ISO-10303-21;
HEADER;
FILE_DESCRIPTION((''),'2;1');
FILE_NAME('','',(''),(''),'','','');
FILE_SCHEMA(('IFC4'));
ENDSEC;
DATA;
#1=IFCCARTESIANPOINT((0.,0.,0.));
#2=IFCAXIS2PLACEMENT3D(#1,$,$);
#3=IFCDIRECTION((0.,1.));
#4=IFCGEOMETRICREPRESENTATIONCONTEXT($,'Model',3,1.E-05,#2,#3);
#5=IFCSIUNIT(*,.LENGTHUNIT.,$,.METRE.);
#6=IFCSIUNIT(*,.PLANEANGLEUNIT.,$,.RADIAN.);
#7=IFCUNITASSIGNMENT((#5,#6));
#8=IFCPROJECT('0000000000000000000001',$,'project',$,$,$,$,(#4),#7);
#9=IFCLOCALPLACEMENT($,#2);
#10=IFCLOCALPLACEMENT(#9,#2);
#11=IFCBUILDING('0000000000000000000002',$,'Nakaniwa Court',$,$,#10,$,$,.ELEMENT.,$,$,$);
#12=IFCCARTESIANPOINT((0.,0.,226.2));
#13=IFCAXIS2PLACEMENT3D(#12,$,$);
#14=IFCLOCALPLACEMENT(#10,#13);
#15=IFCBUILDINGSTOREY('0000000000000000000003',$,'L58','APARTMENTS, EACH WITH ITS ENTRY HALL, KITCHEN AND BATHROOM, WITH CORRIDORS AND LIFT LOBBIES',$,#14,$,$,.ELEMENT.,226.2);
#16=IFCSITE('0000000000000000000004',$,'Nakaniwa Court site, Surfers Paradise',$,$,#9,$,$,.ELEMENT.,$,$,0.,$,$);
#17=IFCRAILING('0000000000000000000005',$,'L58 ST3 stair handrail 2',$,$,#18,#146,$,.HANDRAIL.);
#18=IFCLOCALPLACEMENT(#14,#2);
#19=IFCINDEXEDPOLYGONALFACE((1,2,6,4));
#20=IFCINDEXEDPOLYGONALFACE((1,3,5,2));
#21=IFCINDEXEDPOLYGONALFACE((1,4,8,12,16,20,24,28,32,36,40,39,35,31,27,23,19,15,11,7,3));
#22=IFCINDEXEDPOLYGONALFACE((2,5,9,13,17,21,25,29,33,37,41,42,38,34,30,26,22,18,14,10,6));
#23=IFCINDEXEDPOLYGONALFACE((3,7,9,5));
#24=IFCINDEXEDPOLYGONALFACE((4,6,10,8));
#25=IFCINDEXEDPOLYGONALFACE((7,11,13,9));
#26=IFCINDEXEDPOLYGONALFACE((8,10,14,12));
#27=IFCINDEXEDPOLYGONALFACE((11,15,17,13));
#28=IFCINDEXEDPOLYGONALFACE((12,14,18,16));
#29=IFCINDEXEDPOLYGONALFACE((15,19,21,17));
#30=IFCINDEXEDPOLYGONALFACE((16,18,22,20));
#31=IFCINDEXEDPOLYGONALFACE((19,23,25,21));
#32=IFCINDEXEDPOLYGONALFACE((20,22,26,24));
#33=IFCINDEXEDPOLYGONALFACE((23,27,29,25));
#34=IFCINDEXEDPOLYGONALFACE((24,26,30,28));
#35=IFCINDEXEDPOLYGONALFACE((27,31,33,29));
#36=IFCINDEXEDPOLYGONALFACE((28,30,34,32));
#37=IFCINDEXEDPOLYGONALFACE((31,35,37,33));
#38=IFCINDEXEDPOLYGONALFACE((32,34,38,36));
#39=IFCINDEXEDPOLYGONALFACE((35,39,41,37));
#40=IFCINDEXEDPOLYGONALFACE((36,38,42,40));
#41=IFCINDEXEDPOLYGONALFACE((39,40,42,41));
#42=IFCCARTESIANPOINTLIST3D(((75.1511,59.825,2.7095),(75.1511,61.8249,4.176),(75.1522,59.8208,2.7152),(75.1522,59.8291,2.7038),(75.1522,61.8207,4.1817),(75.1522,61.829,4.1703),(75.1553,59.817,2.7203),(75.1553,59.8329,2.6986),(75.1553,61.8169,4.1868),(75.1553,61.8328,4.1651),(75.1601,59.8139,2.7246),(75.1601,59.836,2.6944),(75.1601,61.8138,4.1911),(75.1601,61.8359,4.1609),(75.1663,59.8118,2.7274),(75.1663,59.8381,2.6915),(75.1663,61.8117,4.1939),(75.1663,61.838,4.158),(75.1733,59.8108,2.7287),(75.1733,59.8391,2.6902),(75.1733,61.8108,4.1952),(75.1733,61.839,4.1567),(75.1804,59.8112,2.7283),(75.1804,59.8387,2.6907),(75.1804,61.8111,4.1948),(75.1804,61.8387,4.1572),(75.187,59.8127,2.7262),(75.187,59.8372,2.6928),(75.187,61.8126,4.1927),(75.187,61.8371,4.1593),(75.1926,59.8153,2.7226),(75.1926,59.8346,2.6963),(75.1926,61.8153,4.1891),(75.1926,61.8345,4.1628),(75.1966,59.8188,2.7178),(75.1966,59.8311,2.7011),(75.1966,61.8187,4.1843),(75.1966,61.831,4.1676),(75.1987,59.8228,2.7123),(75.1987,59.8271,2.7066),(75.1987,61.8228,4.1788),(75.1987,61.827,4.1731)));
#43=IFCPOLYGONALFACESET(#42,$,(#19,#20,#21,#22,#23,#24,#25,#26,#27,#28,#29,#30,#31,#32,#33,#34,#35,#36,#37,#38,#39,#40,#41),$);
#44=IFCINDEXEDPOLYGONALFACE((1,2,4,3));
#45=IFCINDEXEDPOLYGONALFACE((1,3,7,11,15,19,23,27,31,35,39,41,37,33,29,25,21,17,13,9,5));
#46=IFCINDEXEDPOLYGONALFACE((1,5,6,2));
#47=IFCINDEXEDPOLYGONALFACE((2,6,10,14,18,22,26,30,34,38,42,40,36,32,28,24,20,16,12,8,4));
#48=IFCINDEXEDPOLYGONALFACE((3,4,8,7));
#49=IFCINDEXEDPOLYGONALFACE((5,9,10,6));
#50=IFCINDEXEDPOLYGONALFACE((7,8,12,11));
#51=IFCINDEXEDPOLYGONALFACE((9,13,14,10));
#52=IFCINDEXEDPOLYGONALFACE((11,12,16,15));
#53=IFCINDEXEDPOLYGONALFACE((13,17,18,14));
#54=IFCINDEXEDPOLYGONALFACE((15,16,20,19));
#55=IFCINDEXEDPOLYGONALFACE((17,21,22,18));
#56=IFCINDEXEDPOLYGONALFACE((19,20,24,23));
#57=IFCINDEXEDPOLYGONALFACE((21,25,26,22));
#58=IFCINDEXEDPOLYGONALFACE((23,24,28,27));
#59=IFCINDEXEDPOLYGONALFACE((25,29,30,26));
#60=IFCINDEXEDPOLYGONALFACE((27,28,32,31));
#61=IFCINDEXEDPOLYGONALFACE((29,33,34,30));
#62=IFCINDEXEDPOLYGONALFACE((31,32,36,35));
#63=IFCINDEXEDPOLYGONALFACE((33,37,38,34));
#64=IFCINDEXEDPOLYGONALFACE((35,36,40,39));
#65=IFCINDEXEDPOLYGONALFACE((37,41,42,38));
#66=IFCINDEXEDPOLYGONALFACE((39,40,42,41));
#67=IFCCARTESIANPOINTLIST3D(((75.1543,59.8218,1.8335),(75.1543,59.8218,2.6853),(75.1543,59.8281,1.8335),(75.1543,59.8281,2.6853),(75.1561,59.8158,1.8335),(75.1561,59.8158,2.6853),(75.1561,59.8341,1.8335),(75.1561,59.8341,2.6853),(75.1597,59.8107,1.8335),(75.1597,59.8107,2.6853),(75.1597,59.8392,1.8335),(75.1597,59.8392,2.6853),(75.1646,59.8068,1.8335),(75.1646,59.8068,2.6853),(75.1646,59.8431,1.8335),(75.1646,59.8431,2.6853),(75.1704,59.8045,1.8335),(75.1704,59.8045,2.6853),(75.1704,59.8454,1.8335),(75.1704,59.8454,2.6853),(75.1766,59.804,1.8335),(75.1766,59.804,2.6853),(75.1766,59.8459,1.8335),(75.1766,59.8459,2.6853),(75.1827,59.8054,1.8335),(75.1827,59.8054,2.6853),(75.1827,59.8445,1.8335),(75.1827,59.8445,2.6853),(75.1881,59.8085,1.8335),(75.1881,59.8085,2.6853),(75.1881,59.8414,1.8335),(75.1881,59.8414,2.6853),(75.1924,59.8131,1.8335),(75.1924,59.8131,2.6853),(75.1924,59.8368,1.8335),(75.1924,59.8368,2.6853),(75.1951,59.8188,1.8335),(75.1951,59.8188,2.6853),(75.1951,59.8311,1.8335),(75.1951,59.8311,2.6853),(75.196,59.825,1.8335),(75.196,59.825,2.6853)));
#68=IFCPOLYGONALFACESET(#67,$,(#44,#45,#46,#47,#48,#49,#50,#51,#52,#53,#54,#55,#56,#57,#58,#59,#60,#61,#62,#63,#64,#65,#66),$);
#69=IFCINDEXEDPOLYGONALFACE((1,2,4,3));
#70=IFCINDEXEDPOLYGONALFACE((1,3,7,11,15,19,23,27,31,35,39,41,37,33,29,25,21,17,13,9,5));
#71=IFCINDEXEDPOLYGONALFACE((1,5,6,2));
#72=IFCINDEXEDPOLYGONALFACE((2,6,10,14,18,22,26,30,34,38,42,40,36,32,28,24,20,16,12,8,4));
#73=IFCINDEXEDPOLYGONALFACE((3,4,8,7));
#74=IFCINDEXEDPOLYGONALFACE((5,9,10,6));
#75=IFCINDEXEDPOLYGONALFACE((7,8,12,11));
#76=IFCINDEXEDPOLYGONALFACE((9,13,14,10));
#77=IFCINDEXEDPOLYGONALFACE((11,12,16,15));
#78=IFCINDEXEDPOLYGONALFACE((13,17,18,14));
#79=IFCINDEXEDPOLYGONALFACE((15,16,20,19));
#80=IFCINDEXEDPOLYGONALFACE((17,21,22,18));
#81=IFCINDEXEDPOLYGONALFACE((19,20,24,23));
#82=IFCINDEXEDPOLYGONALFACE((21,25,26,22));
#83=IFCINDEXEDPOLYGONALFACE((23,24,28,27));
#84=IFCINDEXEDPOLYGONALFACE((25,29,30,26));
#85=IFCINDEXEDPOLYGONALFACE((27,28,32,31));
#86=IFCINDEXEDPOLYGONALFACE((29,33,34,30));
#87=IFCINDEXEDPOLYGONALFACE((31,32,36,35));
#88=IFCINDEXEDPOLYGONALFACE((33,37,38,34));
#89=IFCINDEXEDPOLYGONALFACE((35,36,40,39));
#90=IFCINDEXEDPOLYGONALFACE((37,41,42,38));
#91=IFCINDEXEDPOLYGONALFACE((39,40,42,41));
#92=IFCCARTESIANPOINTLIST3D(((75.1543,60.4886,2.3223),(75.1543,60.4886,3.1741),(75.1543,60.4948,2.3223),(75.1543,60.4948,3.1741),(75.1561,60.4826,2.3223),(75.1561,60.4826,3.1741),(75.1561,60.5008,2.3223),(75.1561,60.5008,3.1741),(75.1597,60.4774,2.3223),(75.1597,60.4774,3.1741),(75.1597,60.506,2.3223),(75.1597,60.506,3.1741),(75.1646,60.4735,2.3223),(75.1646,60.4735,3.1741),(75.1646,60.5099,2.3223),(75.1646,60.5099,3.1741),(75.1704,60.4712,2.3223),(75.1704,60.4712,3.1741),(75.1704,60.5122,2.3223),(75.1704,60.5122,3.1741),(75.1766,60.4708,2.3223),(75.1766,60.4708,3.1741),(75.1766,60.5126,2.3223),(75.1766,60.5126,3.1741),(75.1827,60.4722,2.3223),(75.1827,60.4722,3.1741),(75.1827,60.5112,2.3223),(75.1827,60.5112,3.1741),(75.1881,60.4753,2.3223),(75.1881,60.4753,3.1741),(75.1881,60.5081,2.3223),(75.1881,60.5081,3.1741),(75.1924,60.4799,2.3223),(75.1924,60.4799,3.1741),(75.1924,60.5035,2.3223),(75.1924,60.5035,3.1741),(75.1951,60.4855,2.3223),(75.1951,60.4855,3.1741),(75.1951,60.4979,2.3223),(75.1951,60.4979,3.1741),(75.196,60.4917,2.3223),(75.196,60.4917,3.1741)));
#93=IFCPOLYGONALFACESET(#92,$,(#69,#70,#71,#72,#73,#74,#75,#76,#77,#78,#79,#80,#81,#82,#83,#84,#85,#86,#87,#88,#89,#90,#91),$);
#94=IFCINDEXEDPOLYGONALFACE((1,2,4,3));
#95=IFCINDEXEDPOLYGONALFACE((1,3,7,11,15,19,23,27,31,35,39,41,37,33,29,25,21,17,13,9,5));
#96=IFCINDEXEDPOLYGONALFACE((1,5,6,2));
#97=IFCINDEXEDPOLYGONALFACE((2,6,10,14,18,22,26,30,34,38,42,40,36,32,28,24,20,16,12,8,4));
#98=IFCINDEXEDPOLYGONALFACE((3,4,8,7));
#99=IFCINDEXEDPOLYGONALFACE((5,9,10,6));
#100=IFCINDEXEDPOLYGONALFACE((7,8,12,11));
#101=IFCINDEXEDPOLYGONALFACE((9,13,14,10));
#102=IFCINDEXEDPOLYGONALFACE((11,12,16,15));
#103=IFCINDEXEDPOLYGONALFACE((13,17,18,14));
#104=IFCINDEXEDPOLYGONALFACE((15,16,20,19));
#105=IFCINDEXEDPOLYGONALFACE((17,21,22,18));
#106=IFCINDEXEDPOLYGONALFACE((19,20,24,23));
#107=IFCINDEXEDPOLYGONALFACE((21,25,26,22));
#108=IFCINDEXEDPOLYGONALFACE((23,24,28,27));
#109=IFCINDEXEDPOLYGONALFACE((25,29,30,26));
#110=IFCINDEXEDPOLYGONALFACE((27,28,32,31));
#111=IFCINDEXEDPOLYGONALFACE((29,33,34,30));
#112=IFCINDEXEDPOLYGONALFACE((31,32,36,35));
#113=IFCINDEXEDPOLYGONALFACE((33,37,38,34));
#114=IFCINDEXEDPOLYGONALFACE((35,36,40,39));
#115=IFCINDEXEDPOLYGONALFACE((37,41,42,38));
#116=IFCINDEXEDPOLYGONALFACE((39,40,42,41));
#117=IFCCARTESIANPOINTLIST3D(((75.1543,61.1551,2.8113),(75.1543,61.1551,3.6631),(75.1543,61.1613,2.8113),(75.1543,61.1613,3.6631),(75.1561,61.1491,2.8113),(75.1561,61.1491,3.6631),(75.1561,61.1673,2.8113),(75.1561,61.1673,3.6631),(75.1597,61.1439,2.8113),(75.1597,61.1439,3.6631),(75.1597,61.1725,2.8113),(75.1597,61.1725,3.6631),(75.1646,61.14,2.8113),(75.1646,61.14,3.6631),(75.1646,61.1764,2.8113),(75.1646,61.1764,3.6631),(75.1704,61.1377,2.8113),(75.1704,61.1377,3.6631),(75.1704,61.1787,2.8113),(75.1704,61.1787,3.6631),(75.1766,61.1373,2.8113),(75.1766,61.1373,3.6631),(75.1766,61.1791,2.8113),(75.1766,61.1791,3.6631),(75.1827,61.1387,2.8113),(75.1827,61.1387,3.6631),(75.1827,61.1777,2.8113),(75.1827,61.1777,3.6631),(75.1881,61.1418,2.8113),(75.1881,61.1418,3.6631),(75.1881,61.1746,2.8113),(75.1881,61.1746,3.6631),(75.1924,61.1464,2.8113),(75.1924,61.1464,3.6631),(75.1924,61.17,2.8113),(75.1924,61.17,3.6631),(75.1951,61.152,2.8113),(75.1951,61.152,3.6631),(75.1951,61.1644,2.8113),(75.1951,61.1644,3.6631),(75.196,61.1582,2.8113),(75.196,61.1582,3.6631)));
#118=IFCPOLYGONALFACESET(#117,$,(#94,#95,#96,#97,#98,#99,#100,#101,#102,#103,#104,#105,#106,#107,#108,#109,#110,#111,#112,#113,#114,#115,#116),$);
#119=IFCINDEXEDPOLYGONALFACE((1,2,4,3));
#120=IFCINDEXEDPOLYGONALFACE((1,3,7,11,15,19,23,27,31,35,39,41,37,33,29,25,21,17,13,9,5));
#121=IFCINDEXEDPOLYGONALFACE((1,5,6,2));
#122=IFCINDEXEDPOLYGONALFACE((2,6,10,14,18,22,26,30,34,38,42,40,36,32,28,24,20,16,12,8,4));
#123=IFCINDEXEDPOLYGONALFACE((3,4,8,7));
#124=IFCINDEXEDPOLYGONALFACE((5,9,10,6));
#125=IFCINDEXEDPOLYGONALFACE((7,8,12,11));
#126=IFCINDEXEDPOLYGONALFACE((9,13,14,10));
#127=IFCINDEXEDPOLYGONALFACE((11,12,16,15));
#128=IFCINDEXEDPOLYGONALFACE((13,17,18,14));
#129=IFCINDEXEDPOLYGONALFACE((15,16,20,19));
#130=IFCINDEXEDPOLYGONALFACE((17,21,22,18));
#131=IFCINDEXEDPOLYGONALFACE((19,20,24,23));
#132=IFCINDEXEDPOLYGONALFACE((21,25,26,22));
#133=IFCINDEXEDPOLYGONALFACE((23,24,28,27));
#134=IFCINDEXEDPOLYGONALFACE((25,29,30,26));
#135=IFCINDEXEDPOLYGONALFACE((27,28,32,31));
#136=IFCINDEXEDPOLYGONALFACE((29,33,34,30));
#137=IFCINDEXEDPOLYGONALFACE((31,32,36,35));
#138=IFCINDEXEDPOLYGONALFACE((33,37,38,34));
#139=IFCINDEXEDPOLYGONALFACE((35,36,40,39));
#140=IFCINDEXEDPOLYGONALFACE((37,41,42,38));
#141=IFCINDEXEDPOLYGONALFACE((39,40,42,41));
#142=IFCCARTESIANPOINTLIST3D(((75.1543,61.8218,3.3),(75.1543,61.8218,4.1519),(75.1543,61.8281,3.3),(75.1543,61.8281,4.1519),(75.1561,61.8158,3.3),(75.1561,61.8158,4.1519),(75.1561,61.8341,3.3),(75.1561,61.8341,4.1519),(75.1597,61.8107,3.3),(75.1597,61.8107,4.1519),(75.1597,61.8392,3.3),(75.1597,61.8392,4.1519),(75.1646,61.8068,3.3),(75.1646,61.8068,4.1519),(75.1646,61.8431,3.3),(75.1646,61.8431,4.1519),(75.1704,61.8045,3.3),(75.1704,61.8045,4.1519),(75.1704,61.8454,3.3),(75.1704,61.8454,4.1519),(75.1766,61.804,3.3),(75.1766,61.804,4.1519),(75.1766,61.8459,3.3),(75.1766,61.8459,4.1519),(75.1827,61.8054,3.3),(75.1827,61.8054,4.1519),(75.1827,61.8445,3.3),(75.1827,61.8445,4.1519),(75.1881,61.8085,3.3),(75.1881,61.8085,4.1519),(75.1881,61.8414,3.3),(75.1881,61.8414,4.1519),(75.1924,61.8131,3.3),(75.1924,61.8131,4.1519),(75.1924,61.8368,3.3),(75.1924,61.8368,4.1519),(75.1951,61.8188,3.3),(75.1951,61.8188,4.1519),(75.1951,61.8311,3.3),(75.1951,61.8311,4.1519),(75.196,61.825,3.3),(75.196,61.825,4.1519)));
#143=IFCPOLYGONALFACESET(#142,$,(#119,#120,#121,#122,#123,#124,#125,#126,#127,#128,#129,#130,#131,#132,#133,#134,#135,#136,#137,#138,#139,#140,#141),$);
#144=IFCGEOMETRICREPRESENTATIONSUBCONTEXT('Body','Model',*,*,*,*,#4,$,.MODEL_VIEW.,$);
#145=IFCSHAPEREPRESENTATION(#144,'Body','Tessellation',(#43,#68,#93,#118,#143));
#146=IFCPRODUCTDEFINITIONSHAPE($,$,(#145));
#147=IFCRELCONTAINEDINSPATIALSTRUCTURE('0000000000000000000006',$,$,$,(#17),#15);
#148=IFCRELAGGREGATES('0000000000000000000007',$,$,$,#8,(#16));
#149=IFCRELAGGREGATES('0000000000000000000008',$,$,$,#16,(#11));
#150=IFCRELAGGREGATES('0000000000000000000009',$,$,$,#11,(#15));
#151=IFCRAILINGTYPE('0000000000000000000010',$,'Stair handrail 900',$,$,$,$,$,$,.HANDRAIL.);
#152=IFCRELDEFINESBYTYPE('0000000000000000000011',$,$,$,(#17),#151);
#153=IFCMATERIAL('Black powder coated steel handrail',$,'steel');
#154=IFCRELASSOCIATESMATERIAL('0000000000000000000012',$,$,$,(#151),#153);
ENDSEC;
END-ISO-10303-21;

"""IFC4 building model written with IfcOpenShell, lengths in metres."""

from ifc_helpers import new_model, si_unit, direction, frame, origin, origin_2d, place, context, subcontext, project, spatial, circle, extrude, material, type_object, element, save


model = new_model("IFC4")

# Units and contexts
model_context = context("Model", 3, precision=1e-05, world=origin(), true_north=direction((0.0, 1.0)))
body_context = subcontext(model_context, "Body", "Model", "MODEL_VIEW")
ifc_project = project(units=[si_unit("LENGTHUNIT", "METRE"), si_unit("PLANEANGLEUNIT", "RADIAN")], contexts=[model_context])

# Site, building, storey
site_placement = place(None, origin())
site = spatial("IfcSite", under=ifc_project, at=site_placement, Name="Nakaniwa Court site, Surfers Paradise", CompositionType="ELEMENT", RefElevation=0.0)
building_placement = place(site_placement, origin())
building = spatial("IfcBuilding", under=site, at=building_placement, Name="Nakaniwa Court", CompositionType="ELEMENT")
storey_placement = place(building_placement, frame((0.0, 0.0, 226.2)))
storey = spatial("IfcBuildingStorey", under=building, at=storey_placement, Name="L58", Description="APARTMENTS, EACH WITH ITS ENTRY HALL, KITCHEN AND BATHROOM, WITH CORRIDORS AND LIFT LOBBIES", CompositionType="ELEMENT", Elevation=226.2)

# Railing
ifc_material_1 = material(Name="Black powder coated steel handrail", Category="steel")
railing_type_1 = type_object("IfcRailingType", Name="Stair handrail 900", PredefinedType="HANDRAIL", material=ifc_material_1)
railing_1_placement = place(storey_placement, frame((75.175, 59.825, 1.8335)))
element("IfcRailing", 1, at=railing_1_placement, inside=storey, type_object=railing_type_1, Name="L58 ST3 stair handrail 2", PredefinedType="HANDRAIL", context=body_context, shape_type="SweptSolid", body=[
    extrude(circle(Radius=0.0239, at=origin_2d()), frame((0.0, 0.0, 0.876), z_axis=(0.0, 0.806427, 0.591334), x_axis=(-1.0, 0.0, 0.0)), (0.0, 0.0, 1.0), 2.48),
    extrude(circle(Radius=0.021, at=origin_2d()), origin(), (0.0, 0.0, 1.0), 0.8518),
    extrude(circle(Radius=0.021, at=origin_2d()), frame((0.0, 0.6667, 0.4888)), (0.0, 0.0, 1.0), 0.8518),
    extrude(circle(Radius=0.021, at=origin_2d()), frame((0.0, 1.3333, 0.9778)), (0.0, 0.0, 1.0), 0.8518),
    extrude(circle(Radius=0.021, at=origin_2d()), frame((0.0, 2.0, 1.4666)), (0.0, 0.0, 1.0), 0.8518),
])

save(model, "model.ifc")
